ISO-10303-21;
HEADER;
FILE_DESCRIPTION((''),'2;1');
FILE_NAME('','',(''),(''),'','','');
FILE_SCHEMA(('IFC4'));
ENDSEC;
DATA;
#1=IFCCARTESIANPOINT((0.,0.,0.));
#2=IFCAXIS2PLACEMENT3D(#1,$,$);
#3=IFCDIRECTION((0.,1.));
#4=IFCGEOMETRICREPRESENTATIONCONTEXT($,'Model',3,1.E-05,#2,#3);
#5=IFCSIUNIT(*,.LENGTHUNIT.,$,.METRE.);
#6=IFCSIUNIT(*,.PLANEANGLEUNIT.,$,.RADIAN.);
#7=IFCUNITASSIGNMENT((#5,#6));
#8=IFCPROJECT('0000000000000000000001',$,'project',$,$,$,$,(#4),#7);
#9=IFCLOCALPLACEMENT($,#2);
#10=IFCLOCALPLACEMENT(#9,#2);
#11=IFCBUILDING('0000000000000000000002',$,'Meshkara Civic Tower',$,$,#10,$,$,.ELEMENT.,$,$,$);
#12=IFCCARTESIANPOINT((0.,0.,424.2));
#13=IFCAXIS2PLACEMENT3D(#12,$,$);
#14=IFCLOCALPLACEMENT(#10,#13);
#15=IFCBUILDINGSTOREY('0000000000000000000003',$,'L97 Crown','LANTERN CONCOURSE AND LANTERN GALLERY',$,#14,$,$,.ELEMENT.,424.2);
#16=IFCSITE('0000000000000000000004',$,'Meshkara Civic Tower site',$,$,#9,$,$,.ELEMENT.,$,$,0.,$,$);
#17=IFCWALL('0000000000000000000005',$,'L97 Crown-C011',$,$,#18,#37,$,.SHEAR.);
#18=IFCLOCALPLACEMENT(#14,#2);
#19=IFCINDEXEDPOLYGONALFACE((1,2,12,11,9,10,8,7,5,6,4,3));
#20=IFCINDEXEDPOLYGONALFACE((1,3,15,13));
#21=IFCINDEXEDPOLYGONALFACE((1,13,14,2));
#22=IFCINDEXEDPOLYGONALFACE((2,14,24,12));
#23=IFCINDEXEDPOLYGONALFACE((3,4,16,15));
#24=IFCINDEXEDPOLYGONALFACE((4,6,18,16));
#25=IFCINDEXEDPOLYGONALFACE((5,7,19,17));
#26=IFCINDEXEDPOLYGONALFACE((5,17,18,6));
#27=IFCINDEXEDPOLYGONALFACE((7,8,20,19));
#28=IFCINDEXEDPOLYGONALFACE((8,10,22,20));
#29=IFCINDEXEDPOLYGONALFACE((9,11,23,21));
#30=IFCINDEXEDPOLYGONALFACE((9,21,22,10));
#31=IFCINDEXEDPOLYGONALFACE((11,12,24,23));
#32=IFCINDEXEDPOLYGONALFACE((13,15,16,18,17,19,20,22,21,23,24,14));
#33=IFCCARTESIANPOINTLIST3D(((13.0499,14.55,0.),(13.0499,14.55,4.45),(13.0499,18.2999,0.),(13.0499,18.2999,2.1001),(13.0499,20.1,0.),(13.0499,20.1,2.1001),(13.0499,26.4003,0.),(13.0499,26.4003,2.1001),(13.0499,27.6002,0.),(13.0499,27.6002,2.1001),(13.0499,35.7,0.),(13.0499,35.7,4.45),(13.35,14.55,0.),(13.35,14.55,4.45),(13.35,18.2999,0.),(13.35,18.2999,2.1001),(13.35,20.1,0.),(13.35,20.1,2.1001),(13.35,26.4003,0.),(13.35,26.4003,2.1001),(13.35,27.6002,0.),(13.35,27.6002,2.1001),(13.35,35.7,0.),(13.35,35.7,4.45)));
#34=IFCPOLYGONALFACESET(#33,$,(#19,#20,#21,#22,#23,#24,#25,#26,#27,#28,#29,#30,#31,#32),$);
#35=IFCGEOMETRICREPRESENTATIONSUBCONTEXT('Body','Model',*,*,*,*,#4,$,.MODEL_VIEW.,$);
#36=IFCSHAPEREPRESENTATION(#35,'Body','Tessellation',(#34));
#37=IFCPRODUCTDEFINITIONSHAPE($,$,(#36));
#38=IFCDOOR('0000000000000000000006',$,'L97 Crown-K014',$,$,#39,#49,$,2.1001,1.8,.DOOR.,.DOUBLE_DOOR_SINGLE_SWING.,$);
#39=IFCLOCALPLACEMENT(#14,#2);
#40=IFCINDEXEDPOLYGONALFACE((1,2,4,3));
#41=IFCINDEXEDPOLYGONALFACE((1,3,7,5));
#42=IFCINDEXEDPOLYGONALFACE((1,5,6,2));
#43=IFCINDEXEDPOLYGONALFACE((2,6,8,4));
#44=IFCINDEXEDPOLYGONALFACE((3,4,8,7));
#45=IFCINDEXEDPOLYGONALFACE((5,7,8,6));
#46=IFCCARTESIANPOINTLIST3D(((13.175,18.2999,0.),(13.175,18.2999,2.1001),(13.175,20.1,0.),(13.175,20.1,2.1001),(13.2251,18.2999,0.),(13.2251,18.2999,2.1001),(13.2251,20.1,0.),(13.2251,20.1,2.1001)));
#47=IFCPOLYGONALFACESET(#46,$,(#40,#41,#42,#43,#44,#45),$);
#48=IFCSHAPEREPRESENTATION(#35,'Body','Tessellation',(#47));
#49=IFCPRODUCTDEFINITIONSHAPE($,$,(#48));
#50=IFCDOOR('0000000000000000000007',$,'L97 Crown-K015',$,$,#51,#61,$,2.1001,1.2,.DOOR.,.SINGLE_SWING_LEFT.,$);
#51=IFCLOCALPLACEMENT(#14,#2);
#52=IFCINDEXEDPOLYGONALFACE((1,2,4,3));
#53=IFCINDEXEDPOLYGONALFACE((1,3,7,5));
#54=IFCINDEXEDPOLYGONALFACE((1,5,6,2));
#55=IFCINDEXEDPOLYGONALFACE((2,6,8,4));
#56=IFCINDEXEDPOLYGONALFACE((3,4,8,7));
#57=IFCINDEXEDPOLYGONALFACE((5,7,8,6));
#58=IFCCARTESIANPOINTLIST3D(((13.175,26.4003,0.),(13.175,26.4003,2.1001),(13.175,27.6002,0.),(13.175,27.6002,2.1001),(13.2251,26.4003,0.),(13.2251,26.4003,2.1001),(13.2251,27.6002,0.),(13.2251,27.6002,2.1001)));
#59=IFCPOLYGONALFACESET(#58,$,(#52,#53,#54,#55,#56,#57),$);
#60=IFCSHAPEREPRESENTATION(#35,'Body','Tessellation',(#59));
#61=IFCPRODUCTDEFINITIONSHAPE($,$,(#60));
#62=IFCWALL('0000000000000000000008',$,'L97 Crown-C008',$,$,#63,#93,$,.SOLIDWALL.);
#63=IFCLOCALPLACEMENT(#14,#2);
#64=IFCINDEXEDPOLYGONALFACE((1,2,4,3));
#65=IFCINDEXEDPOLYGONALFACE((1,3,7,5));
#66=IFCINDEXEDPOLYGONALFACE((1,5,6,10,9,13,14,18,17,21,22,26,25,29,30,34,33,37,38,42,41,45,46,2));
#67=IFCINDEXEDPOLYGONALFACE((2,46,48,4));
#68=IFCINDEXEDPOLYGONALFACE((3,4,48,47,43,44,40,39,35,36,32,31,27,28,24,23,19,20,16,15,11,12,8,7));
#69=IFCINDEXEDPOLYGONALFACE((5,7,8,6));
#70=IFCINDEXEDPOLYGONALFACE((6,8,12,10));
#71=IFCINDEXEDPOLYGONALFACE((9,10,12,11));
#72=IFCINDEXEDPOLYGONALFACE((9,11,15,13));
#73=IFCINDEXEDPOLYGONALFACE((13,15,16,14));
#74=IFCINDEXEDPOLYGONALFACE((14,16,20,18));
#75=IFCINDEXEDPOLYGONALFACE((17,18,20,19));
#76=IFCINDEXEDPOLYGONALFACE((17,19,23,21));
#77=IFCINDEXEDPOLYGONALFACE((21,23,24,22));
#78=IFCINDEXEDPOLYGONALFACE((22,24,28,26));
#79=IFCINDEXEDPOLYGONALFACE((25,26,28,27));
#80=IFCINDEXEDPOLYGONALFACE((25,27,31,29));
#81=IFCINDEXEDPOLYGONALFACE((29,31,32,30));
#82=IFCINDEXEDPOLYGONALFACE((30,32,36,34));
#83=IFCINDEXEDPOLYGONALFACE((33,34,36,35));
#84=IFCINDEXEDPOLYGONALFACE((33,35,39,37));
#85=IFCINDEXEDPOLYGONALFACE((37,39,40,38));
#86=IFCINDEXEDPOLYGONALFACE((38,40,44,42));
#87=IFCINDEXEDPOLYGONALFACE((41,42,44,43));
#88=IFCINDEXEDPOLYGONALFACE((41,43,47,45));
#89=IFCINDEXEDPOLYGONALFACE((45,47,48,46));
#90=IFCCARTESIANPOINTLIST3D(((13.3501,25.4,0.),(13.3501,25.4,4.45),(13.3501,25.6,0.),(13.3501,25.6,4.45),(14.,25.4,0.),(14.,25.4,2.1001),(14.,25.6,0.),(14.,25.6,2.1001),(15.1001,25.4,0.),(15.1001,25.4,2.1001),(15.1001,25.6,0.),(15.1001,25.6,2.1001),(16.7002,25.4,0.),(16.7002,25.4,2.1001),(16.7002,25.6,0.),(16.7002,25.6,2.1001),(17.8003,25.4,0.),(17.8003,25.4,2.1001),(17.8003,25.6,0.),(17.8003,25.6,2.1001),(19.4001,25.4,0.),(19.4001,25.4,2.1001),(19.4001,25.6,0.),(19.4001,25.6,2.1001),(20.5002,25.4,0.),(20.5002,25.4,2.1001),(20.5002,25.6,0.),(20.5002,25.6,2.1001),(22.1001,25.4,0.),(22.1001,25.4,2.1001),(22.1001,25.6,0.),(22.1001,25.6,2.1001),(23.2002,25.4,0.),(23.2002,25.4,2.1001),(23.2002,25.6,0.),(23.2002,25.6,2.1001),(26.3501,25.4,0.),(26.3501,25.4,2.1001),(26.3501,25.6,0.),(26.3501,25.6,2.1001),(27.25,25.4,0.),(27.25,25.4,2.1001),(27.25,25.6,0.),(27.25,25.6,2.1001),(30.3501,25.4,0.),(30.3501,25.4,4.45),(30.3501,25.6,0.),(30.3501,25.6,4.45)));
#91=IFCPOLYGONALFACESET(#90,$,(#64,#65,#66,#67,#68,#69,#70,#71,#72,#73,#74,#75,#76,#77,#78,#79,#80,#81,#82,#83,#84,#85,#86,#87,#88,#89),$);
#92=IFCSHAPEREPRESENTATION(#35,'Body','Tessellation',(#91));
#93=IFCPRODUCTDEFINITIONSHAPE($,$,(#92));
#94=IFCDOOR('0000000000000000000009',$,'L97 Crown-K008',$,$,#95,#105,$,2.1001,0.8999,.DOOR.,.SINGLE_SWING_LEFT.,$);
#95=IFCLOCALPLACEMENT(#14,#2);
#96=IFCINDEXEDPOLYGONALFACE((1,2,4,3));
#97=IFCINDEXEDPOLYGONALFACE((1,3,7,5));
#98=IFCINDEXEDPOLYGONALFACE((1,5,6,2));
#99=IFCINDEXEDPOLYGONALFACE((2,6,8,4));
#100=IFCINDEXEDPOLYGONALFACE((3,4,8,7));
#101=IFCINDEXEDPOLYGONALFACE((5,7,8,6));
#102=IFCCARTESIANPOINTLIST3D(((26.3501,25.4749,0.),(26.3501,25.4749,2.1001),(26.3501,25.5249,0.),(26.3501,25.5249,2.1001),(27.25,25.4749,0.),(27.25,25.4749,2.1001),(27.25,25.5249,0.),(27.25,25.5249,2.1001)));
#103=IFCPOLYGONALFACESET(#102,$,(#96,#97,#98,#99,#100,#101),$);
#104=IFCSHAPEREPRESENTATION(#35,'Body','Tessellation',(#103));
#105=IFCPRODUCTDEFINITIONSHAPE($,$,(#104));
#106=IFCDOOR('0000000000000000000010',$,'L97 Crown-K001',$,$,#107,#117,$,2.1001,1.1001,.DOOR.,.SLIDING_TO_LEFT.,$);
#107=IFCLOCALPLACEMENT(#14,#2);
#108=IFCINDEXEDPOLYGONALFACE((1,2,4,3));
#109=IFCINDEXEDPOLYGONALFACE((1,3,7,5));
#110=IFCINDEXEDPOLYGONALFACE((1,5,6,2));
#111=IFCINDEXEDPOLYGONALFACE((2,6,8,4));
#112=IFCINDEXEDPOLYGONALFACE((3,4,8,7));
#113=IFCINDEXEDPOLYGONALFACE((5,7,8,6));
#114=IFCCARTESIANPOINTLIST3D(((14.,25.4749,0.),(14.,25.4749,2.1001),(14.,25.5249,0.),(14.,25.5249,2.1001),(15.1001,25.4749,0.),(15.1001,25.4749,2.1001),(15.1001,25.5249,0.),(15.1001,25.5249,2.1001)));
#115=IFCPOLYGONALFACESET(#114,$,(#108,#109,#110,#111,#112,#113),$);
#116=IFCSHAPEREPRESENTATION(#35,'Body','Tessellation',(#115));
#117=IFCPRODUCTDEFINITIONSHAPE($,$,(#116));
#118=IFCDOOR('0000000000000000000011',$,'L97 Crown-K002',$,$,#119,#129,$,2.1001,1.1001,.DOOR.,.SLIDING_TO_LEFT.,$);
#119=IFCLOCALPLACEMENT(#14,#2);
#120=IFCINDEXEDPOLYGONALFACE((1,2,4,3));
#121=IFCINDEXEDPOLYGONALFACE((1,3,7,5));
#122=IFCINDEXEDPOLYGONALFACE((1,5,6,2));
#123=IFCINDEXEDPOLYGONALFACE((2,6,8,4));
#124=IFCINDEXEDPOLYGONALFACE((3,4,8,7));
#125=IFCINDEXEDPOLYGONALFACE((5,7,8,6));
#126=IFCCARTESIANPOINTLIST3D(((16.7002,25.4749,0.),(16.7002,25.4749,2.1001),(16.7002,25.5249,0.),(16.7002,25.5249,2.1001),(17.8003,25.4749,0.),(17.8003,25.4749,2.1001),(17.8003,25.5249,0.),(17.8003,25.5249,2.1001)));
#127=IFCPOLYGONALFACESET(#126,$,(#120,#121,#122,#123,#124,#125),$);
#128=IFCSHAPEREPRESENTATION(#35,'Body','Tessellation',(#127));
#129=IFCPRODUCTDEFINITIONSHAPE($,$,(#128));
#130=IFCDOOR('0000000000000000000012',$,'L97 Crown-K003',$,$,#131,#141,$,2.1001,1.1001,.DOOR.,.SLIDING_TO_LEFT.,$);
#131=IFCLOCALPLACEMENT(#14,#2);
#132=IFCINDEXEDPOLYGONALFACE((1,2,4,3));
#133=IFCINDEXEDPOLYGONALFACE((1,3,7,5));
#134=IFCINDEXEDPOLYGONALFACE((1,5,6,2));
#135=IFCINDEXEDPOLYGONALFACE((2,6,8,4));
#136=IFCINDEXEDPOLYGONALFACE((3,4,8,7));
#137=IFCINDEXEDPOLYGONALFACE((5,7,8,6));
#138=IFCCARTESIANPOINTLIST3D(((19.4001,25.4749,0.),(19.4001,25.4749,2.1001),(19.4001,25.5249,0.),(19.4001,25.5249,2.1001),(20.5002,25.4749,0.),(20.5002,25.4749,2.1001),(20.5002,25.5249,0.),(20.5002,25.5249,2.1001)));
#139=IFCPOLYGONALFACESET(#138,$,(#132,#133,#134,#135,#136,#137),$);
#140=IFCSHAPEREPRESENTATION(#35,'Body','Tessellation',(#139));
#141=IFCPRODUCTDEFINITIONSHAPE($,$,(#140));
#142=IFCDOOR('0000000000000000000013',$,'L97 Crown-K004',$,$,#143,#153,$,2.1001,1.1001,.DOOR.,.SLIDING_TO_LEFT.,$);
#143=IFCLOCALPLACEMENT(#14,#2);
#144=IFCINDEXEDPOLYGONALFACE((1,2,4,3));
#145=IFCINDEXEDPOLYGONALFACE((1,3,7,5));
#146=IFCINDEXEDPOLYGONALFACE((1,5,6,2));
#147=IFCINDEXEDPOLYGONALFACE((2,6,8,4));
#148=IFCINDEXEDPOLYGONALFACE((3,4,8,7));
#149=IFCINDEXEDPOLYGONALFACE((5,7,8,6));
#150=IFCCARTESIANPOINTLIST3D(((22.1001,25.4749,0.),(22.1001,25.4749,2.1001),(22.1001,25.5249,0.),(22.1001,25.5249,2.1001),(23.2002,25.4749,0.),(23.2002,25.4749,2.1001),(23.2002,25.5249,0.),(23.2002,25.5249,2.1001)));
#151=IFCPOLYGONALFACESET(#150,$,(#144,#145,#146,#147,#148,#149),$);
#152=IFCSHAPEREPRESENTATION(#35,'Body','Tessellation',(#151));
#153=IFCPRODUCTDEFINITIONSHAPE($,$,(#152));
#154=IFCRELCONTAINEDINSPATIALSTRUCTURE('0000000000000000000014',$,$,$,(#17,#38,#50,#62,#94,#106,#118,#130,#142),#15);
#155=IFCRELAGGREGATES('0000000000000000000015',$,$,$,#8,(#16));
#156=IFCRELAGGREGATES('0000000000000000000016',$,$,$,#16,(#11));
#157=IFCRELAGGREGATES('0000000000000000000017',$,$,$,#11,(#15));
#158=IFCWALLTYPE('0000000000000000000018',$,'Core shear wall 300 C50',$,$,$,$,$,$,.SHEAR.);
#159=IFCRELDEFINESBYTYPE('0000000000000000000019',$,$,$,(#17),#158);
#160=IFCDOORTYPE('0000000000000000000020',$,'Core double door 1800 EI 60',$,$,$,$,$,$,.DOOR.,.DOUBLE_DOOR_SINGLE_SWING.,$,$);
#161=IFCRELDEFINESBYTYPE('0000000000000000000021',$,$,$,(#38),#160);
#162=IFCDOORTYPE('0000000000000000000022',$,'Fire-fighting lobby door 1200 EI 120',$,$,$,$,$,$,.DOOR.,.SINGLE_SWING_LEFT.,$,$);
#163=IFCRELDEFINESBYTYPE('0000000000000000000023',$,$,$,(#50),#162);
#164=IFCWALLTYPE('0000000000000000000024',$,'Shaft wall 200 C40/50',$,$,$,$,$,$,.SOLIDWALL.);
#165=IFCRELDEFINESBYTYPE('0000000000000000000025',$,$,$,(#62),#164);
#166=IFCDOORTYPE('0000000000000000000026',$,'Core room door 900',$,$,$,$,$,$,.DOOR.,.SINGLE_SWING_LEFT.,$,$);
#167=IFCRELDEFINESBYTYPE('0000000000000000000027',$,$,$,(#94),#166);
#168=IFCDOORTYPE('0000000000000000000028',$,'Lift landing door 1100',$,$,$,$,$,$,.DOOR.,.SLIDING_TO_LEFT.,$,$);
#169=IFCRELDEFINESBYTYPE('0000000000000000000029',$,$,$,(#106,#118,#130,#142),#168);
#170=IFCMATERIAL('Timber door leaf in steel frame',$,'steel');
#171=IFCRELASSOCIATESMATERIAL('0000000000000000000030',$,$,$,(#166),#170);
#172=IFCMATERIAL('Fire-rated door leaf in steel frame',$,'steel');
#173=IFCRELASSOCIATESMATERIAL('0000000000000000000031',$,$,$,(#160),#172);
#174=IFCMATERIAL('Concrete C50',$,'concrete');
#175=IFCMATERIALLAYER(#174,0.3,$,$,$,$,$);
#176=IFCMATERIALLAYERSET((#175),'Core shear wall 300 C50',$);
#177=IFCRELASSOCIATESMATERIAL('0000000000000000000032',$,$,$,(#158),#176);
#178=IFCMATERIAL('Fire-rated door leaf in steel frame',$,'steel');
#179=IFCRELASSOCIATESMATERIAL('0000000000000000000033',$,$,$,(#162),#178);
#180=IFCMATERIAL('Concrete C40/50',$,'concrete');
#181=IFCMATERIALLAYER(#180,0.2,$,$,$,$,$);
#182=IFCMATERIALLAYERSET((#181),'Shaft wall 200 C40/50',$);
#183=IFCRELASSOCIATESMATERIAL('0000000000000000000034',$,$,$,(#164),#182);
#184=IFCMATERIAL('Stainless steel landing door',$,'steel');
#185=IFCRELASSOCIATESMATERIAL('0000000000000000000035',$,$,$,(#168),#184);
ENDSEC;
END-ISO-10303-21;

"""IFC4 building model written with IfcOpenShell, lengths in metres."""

from ifc_helpers import new_model, si_unit, direction, frame, frame_2d, origin, place, context, subcontext, project, spatial, rectangle, extrude, material, layer, layer_set, type_object, element, fill, save


model = new_model("IFC4")

# Units and contexts
model_context = context("Model", 3, precision=1e-05, world=origin(), true_north=direction((0.0, 1.0)))
body_context = subcontext(model_context, "Body", "Model", "MODEL_VIEW")
ifc_project = project(units=[si_unit("LENGTHUNIT", "METRE"), si_unit("PLANEANGLEUNIT", "RADIAN")], contexts=[model_context])

# Site, building, storey
site_placement = place(None, origin())
site = spatial("IfcSite", under=ifc_project, at=site_placement, Name="Meshkara Civic Tower site", CompositionType="ELEMENT", RefElevation=0.0)
building_placement = place(site_placement, origin())
building = spatial("IfcBuilding", under=site, at=building_placement, Name="Meshkara Civic Tower", CompositionType="ELEMENT")
storey_placement = place(building_placement, frame((0.0, 0.0, 424.2)))
storey = spatial("IfcBuildingStorey", under=building, at=storey_placement, Name="L97 Crown", Description="LANTERN CONCOURSE AND LANTERN GALLERY", CompositionType="ELEMENT", Elevation=424.2)

# Shared definitions
ifc_material_1 = material(Name="Timber door leaf in steel frame", Category="steel")
door_type_1 = type_object("IfcDoorType", Name="Core room door 900", OperationType="SINGLE_SWING_LEFT", PredefinedType="DOOR", material=ifc_material_1)

# Shared definitions
ifc_material_2 = material(Name="Fire-rated door leaf in steel frame", Category="steel")
door_type_2 = type_object("IfcDoorType", Name="Core double door 1800 EI 60", OperationType="DOUBLE_DOOR_SINGLE_SWING", PredefinedType="DOOR", material=ifc_material_2)

# Shared definitions
ifc_material_3 = material(Name="Concrete C50", Category="concrete")
ifc_layer_1 = layer(ifc_material_3, 0.3)
ifc_layer_set_1 = layer_set([ifc_layer_1], Name="Core shear wall 300 C50")
wall_type_1 = type_object("IfcWallType", Name="Core shear wall 300 C50", PredefinedType="SHEAR", material=ifc_layer_set_1)

# Walls, openings, doors
wall_1_placement = place(storey_placement, frame((13.2, 14.55, 0.0), z_axis=(0.0, 0.0, 1.0), x_axis=(0.0, 1.0, 0.0)))
wall_1 = element("IfcWall", 1, at=wall_1_placement, inside=storey, type_object=wall_type_1, Name="L97 Crown-C011", PredefinedType="SHEAR", context=body_context, shape_type="SweptSolid", body=[
    extrude(rectangle(XDim=21.1499, YDim=0.3, at=frame_2d((10.575, 0.0))), origin(), (0.0, 0.0, 1.0), 4.45),
])
opening_1_placement = place(wall_1_placement, frame((3.75, 0.0, 0.0)))
opening_1 = element("IfcOpeningElement", 2, at=opening_1_placement, cuts=wall_1, PredefinedType="OPENING", context=body_context, shape_type="SweptSolid", body=[
    extrude(rectangle(XDim=1.8, YDim=2.1001, at=frame_2d((0.8999, 1.05))), frame((0.0, 0.1599, 0.0), z_axis=(0.0, -1.0, 0.0), x_axis=(1.0, 0.0, 0.0)), (0.0, 0.0, 1.0), 0.3201),
])
opening_2_placement = place(wall_1_placement, frame((11.8501, 0.0, 0.0)))
opening_2 = element("IfcOpeningElement", 3, at=opening_2_placement, cuts=wall_1, PredefinedType="OPENING", context=body_context, shape_type="SweptSolid", body=[
    extrude(rectangle(XDim=1.2, YDim=2.1001, at=frame_2d((0.6001, 1.05))), frame((0.0, 0.1599, 0.0), z_axis=(0.0, -1.0, 0.0), x_axis=(1.0, 0.0, 0.0)), (0.0, 0.0, 1.0), 0.3201),
])
door_1_placement = place(opening_1_placement, origin())
door_1 = element("IfcDoor", 4, at=door_1_placement, inside=storey, type_object=door_type_2, Name="L97 Crown-K014", OperationType="DOUBLE_DOOR_SINGLE_SWING", OverallHeight=2.1001, OverallWidth=1.8, PredefinedType="DOOR", context=body_context, shape_type="SweptSolid", body=[
    extrude(rectangle(XDim=1.8, YDim=2.1001, at=frame_2d((0.8999, 1.05))), frame((0.0, 0.0249, 0.0), z_axis=(0.0, -1.0, 0.0), x_axis=(1.0, 0.0, 0.0)), (0.0, 0.0, 1.0), 0.05),
])
fill(opening_1, door_1)
ifc_material_4 = material(Name="Fire-rated door leaf in steel frame", Category="steel")
door_type_3 = type_object("IfcDoorType", Name="Fire-fighting lobby door 1200 EI 120", OperationType="SINGLE_SWING_LEFT", PredefinedType="DOOR", material=ifc_material_4)
door_2_placement = place(opening_2_placement, origin())
door_2 = element("IfcDoor", 5, at=door_2_placement, inside=storey, type_object=door_type_3, Name="L97 Crown-K015", OperationType="SINGLE_SWING_LEFT", OverallHeight=2.1001, OverallWidth=1.2, PredefinedType="DOOR", context=body_context, shape_type="SweptSolid", body=[
    extrude(rectangle(XDim=1.2, YDim=2.1001, at=frame_2d((0.6001, 1.05))), frame((0.0, 0.0249, 0.0), z_axis=(0.0, -1.0, 0.0), x_axis=(1.0, 0.0, 0.0)), (0.0, 0.0, 1.0), 0.05),
])
fill(opening_2, door_2)
ifc_material_5 = material(Name="Concrete C40/50", Category="concrete")
ifc_layer_2 = layer(ifc_material_5, 0.2)
ifc_layer_set_2 = layer_set([ifc_layer_2], Name="Shaft wall 200 C40/50")
wall_type_2 = type_object("IfcWallType", Name="Shaft wall 200 C40/50", PredefinedType="SOLIDWALL", material=ifc_layer_set_2)
wall_2_placement = place(storey_placement, frame((13.3501, 25.5, 0.0), z_axis=(0.0, 0.0, 1.0), x_axis=(1.0, 0.0, 0.0)))
wall_2 = element("IfcWall", 6, at=wall_2_placement, inside=storey, type_object=wall_type_2, Name="L97 Crown-C008", PredefinedType="SOLIDWALL", context=body_context, shape_type="SweptSolid", body=[
    extrude(rectangle(XDim=17.0, YDim=0.2, at=frame_2d((8.5, 0.0))), origin(), (0.0, 0.0, 1.0), 4.45),
])
opening_3_placement = place(wall_2_placement, frame((0.6499, 0.0, 0.0)))
opening_3 = element("IfcOpeningElement", 7, at=opening_3_placement, cuts=wall_2, PredefinedType="OPENING", context=body_context, shape_type="SweptSolid", body=[
    extrude(rectangle(XDim=1.1001, YDim=2.1001, at=frame_2d((0.55, 1.05))), frame((0.0, 0.1099, 0.0), z_axis=(0.0, -1.0, 0.0), x_axis=(1.0, 0.0, 0.0)), (0.0, 0.0, 1.0), 0.22),
])
opening_4_placement = place(wall_2_placement, frame((3.3501, 0.0, 0.0)))
opening_4 = element("IfcOpeningElement", 8, at=opening_4_placement, cuts=wall_2, PredefinedType="OPENING", context=body_context, shape_type="SweptSolid", body=[
    extrude(rectangle(XDim=1.1001, YDim=2.1001, at=frame_2d((0.55, 1.05))), frame((0.0, 0.1099, 0.0), z_axis=(0.0, -1.0, 0.0), x_axis=(1.0, 0.0, 0.0)), (0.0, 0.0, 1.0), 0.22),
])
opening_5_placement = place(wall_2_placement, frame((6.05, 0.0, 0.0)))
opening_5 = element("IfcOpeningElement", 9, at=opening_5_placement, cuts=wall_2, PredefinedType="OPENING", context=body_context, shape_type="SweptSolid", body=[
    extrude(rectangle(XDim=1.1001, YDim=2.1001, at=frame_2d((0.55, 1.05))), frame((0.0, 0.1099, 0.0), z_axis=(0.0, -1.0, 0.0), x_axis=(1.0, 0.0, 0.0)), (0.0, 0.0, 1.0), 0.22),
])
opening_6_placement = place(wall_2_placement, frame((8.75, 0.0, 0.0)))
opening_6 = element("IfcOpeningElement", 10, at=opening_6_placement, cuts=wall_2, PredefinedType="OPENING", context=body_context, shape_type="SweptSolid", body=[
    extrude(rectangle(XDim=1.1001, YDim=2.1001, at=frame_2d((0.55, 1.05))), frame((0.0, 0.1099, 0.0), z_axis=(0.0, -1.0, 0.0), x_axis=(1.0, 0.0, 0.0)), (0.0, 0.0, 1.0), 0.22),
])
opening_7_placement = place(wall_2_placement, frame((13.0, 0.0, 0.0)))
opening_7 = element("IfcOpeningElement", 11, at=opening_7_placement, cuts=wall_2, PredefinedType="OPENING", context=body_context, shape_type="SweptSolid", body=[
    extrude(rectangle(XDim=0.8999, YDim=2.1001, at=frame_2d((0.45, 1.05))), frame((0.0, 0.1099, 0.0), z_axis=(0.0, -1.0, 0.0), x_axis=(1.0, 0.0, 0.0)), (0.0, 0.0, 1.0), 0.22),
])
door_3_placement = place(opening_7_placement, origin())
door_3 = element("IfcDoor", 12, at=door_3_placement, inside=storey, type_object=door_type_1, Name="L97 Crown-K008", OperationType="SINGLE_SWING_LEFT", OverallHeight=2.1001, OverallWidth=0.8999, PredefinedType="DOOR", context=body_context, shape_type="SweptSolid", body=[
    extrude(rectangle(XDim=0.8999, YDim=2.1001, at=frame_2d((0.45, 1.05))), frame((0.0, 0.0249, 0.0), z_axis=(0.0, -1.0, 0.0), x_axis=(1.0, 0.0, 0.0)), (0.0, 0.0, 1.0), 0.05),
])
fill(opening_7, door_3)
ifc_material_6 = material(Name="Stainless steel landing door", Category="steel")
door_type_4 = type_object("IfcDoorType", Name="Lift landing door 1100", OperationType="SLIDING_TO_LEFT", PredefinedType="DOOR", material=ifc_material_6)
door_4_placement = place(opening_3_placement, origin())
door_4 = element("IfcDoor", 13, at=door_4_placement, inside=storey, type_object=door_type_4, Name="L97 Crown-K001", OperationType="SLIDING_TO_LEFT", OverallHeight=2.1001, OverallWidth=1.1001, PredefinedType="DOOR", context=body_context, shape_type="SweptSolid", body=[
    extrude(rectangle(XDim=1.1001, YDim=2.1001, at=frame_2d((0.55, 1.05))), frame((0.0, 0.0249, 0.0), z_axis=(0.0, -1.0, 0.0), x_axis=(1.0, 0.0, 0.0)), (0.0, 0.0, 1.0), 0.05),
])
fill(opening_3, door_4)
door_5_placement = place(opening_4_placement, origin())
door_5 = element("IfcDoor", 14, at=door_5_placement, inside=storey, type_object=door_type_4, Name="L97 Crown-K002", OperationType="SLIDING_TO_LEFT", OverallHeight=2.1001, OverallWidth=1.1001, PredefinedType="DOOR", context=body_context, shape_type="SweptSolid", body=[
    extrude(rectangle(XDim=1.1001, YDim=2.1001, at=frame_2d((0.55, 1.05))), frame((0.0, 0.0249, 0.0), z_axis=(0.0, -1.0, 0.0), x_axis=(1.0, 0.0, 0.0)), (0.0, 0.0, 1.0), 0.05),
])
fill(opening_4, door_5)
door_6_placement = place(opening_5_placement, origin())
door_6 = element("IfcDoor", 15, at=door_6_placement, inside=storey, type_object=door_type_4, Name="L97 Crown-K003", OperationType="SLIDING_TO_LEFT", OverallHeight=2.1001, OverallWidth=1.1001, PredefinedType="DOOR", context=body_context, shape_type="SweptSolid", body=[
    extrude(rectangle(XDim=1.1001, YDim=2.1001, at=frame_2d((0.55, 1.05))), frame((0.0, 0.0249, 0.0), z_axis=(0.0, -1.0, 0.0), x_axis=(1.0, 0.0, 0.0)), (0.0, 0.0, 1.0), 0.05),
])
fill(opening_5, door_6)
door_7_placement = place(opening_6_placement, origin())
door_7 = element("IfcDoor", 16, at=door_7_placement, inside=storey, type_object=door_type_4, Name="L97 Crown-K004", OperationType="SLIDING_TO_LEFT", OverallHeight=2.1001, OverallWidth=1.1001, PredefinedType="DOOR", context=body_context, shape_type="SweptSolid", body=[
    extrude(rectangle(XDim=1.1001, YDim=2.1001, at=frame_2d((0.55, 1.05))), frame((0.0, 0.0249, 0.0), z_axis=(0.0, -1.0, 0.0), x_axis=(1.0, 0.0, 0.0)), (0.0, 0.0, 1.0), 0.05),
])
fill(opening_6, door_7)

save(model, "model.ifc")
